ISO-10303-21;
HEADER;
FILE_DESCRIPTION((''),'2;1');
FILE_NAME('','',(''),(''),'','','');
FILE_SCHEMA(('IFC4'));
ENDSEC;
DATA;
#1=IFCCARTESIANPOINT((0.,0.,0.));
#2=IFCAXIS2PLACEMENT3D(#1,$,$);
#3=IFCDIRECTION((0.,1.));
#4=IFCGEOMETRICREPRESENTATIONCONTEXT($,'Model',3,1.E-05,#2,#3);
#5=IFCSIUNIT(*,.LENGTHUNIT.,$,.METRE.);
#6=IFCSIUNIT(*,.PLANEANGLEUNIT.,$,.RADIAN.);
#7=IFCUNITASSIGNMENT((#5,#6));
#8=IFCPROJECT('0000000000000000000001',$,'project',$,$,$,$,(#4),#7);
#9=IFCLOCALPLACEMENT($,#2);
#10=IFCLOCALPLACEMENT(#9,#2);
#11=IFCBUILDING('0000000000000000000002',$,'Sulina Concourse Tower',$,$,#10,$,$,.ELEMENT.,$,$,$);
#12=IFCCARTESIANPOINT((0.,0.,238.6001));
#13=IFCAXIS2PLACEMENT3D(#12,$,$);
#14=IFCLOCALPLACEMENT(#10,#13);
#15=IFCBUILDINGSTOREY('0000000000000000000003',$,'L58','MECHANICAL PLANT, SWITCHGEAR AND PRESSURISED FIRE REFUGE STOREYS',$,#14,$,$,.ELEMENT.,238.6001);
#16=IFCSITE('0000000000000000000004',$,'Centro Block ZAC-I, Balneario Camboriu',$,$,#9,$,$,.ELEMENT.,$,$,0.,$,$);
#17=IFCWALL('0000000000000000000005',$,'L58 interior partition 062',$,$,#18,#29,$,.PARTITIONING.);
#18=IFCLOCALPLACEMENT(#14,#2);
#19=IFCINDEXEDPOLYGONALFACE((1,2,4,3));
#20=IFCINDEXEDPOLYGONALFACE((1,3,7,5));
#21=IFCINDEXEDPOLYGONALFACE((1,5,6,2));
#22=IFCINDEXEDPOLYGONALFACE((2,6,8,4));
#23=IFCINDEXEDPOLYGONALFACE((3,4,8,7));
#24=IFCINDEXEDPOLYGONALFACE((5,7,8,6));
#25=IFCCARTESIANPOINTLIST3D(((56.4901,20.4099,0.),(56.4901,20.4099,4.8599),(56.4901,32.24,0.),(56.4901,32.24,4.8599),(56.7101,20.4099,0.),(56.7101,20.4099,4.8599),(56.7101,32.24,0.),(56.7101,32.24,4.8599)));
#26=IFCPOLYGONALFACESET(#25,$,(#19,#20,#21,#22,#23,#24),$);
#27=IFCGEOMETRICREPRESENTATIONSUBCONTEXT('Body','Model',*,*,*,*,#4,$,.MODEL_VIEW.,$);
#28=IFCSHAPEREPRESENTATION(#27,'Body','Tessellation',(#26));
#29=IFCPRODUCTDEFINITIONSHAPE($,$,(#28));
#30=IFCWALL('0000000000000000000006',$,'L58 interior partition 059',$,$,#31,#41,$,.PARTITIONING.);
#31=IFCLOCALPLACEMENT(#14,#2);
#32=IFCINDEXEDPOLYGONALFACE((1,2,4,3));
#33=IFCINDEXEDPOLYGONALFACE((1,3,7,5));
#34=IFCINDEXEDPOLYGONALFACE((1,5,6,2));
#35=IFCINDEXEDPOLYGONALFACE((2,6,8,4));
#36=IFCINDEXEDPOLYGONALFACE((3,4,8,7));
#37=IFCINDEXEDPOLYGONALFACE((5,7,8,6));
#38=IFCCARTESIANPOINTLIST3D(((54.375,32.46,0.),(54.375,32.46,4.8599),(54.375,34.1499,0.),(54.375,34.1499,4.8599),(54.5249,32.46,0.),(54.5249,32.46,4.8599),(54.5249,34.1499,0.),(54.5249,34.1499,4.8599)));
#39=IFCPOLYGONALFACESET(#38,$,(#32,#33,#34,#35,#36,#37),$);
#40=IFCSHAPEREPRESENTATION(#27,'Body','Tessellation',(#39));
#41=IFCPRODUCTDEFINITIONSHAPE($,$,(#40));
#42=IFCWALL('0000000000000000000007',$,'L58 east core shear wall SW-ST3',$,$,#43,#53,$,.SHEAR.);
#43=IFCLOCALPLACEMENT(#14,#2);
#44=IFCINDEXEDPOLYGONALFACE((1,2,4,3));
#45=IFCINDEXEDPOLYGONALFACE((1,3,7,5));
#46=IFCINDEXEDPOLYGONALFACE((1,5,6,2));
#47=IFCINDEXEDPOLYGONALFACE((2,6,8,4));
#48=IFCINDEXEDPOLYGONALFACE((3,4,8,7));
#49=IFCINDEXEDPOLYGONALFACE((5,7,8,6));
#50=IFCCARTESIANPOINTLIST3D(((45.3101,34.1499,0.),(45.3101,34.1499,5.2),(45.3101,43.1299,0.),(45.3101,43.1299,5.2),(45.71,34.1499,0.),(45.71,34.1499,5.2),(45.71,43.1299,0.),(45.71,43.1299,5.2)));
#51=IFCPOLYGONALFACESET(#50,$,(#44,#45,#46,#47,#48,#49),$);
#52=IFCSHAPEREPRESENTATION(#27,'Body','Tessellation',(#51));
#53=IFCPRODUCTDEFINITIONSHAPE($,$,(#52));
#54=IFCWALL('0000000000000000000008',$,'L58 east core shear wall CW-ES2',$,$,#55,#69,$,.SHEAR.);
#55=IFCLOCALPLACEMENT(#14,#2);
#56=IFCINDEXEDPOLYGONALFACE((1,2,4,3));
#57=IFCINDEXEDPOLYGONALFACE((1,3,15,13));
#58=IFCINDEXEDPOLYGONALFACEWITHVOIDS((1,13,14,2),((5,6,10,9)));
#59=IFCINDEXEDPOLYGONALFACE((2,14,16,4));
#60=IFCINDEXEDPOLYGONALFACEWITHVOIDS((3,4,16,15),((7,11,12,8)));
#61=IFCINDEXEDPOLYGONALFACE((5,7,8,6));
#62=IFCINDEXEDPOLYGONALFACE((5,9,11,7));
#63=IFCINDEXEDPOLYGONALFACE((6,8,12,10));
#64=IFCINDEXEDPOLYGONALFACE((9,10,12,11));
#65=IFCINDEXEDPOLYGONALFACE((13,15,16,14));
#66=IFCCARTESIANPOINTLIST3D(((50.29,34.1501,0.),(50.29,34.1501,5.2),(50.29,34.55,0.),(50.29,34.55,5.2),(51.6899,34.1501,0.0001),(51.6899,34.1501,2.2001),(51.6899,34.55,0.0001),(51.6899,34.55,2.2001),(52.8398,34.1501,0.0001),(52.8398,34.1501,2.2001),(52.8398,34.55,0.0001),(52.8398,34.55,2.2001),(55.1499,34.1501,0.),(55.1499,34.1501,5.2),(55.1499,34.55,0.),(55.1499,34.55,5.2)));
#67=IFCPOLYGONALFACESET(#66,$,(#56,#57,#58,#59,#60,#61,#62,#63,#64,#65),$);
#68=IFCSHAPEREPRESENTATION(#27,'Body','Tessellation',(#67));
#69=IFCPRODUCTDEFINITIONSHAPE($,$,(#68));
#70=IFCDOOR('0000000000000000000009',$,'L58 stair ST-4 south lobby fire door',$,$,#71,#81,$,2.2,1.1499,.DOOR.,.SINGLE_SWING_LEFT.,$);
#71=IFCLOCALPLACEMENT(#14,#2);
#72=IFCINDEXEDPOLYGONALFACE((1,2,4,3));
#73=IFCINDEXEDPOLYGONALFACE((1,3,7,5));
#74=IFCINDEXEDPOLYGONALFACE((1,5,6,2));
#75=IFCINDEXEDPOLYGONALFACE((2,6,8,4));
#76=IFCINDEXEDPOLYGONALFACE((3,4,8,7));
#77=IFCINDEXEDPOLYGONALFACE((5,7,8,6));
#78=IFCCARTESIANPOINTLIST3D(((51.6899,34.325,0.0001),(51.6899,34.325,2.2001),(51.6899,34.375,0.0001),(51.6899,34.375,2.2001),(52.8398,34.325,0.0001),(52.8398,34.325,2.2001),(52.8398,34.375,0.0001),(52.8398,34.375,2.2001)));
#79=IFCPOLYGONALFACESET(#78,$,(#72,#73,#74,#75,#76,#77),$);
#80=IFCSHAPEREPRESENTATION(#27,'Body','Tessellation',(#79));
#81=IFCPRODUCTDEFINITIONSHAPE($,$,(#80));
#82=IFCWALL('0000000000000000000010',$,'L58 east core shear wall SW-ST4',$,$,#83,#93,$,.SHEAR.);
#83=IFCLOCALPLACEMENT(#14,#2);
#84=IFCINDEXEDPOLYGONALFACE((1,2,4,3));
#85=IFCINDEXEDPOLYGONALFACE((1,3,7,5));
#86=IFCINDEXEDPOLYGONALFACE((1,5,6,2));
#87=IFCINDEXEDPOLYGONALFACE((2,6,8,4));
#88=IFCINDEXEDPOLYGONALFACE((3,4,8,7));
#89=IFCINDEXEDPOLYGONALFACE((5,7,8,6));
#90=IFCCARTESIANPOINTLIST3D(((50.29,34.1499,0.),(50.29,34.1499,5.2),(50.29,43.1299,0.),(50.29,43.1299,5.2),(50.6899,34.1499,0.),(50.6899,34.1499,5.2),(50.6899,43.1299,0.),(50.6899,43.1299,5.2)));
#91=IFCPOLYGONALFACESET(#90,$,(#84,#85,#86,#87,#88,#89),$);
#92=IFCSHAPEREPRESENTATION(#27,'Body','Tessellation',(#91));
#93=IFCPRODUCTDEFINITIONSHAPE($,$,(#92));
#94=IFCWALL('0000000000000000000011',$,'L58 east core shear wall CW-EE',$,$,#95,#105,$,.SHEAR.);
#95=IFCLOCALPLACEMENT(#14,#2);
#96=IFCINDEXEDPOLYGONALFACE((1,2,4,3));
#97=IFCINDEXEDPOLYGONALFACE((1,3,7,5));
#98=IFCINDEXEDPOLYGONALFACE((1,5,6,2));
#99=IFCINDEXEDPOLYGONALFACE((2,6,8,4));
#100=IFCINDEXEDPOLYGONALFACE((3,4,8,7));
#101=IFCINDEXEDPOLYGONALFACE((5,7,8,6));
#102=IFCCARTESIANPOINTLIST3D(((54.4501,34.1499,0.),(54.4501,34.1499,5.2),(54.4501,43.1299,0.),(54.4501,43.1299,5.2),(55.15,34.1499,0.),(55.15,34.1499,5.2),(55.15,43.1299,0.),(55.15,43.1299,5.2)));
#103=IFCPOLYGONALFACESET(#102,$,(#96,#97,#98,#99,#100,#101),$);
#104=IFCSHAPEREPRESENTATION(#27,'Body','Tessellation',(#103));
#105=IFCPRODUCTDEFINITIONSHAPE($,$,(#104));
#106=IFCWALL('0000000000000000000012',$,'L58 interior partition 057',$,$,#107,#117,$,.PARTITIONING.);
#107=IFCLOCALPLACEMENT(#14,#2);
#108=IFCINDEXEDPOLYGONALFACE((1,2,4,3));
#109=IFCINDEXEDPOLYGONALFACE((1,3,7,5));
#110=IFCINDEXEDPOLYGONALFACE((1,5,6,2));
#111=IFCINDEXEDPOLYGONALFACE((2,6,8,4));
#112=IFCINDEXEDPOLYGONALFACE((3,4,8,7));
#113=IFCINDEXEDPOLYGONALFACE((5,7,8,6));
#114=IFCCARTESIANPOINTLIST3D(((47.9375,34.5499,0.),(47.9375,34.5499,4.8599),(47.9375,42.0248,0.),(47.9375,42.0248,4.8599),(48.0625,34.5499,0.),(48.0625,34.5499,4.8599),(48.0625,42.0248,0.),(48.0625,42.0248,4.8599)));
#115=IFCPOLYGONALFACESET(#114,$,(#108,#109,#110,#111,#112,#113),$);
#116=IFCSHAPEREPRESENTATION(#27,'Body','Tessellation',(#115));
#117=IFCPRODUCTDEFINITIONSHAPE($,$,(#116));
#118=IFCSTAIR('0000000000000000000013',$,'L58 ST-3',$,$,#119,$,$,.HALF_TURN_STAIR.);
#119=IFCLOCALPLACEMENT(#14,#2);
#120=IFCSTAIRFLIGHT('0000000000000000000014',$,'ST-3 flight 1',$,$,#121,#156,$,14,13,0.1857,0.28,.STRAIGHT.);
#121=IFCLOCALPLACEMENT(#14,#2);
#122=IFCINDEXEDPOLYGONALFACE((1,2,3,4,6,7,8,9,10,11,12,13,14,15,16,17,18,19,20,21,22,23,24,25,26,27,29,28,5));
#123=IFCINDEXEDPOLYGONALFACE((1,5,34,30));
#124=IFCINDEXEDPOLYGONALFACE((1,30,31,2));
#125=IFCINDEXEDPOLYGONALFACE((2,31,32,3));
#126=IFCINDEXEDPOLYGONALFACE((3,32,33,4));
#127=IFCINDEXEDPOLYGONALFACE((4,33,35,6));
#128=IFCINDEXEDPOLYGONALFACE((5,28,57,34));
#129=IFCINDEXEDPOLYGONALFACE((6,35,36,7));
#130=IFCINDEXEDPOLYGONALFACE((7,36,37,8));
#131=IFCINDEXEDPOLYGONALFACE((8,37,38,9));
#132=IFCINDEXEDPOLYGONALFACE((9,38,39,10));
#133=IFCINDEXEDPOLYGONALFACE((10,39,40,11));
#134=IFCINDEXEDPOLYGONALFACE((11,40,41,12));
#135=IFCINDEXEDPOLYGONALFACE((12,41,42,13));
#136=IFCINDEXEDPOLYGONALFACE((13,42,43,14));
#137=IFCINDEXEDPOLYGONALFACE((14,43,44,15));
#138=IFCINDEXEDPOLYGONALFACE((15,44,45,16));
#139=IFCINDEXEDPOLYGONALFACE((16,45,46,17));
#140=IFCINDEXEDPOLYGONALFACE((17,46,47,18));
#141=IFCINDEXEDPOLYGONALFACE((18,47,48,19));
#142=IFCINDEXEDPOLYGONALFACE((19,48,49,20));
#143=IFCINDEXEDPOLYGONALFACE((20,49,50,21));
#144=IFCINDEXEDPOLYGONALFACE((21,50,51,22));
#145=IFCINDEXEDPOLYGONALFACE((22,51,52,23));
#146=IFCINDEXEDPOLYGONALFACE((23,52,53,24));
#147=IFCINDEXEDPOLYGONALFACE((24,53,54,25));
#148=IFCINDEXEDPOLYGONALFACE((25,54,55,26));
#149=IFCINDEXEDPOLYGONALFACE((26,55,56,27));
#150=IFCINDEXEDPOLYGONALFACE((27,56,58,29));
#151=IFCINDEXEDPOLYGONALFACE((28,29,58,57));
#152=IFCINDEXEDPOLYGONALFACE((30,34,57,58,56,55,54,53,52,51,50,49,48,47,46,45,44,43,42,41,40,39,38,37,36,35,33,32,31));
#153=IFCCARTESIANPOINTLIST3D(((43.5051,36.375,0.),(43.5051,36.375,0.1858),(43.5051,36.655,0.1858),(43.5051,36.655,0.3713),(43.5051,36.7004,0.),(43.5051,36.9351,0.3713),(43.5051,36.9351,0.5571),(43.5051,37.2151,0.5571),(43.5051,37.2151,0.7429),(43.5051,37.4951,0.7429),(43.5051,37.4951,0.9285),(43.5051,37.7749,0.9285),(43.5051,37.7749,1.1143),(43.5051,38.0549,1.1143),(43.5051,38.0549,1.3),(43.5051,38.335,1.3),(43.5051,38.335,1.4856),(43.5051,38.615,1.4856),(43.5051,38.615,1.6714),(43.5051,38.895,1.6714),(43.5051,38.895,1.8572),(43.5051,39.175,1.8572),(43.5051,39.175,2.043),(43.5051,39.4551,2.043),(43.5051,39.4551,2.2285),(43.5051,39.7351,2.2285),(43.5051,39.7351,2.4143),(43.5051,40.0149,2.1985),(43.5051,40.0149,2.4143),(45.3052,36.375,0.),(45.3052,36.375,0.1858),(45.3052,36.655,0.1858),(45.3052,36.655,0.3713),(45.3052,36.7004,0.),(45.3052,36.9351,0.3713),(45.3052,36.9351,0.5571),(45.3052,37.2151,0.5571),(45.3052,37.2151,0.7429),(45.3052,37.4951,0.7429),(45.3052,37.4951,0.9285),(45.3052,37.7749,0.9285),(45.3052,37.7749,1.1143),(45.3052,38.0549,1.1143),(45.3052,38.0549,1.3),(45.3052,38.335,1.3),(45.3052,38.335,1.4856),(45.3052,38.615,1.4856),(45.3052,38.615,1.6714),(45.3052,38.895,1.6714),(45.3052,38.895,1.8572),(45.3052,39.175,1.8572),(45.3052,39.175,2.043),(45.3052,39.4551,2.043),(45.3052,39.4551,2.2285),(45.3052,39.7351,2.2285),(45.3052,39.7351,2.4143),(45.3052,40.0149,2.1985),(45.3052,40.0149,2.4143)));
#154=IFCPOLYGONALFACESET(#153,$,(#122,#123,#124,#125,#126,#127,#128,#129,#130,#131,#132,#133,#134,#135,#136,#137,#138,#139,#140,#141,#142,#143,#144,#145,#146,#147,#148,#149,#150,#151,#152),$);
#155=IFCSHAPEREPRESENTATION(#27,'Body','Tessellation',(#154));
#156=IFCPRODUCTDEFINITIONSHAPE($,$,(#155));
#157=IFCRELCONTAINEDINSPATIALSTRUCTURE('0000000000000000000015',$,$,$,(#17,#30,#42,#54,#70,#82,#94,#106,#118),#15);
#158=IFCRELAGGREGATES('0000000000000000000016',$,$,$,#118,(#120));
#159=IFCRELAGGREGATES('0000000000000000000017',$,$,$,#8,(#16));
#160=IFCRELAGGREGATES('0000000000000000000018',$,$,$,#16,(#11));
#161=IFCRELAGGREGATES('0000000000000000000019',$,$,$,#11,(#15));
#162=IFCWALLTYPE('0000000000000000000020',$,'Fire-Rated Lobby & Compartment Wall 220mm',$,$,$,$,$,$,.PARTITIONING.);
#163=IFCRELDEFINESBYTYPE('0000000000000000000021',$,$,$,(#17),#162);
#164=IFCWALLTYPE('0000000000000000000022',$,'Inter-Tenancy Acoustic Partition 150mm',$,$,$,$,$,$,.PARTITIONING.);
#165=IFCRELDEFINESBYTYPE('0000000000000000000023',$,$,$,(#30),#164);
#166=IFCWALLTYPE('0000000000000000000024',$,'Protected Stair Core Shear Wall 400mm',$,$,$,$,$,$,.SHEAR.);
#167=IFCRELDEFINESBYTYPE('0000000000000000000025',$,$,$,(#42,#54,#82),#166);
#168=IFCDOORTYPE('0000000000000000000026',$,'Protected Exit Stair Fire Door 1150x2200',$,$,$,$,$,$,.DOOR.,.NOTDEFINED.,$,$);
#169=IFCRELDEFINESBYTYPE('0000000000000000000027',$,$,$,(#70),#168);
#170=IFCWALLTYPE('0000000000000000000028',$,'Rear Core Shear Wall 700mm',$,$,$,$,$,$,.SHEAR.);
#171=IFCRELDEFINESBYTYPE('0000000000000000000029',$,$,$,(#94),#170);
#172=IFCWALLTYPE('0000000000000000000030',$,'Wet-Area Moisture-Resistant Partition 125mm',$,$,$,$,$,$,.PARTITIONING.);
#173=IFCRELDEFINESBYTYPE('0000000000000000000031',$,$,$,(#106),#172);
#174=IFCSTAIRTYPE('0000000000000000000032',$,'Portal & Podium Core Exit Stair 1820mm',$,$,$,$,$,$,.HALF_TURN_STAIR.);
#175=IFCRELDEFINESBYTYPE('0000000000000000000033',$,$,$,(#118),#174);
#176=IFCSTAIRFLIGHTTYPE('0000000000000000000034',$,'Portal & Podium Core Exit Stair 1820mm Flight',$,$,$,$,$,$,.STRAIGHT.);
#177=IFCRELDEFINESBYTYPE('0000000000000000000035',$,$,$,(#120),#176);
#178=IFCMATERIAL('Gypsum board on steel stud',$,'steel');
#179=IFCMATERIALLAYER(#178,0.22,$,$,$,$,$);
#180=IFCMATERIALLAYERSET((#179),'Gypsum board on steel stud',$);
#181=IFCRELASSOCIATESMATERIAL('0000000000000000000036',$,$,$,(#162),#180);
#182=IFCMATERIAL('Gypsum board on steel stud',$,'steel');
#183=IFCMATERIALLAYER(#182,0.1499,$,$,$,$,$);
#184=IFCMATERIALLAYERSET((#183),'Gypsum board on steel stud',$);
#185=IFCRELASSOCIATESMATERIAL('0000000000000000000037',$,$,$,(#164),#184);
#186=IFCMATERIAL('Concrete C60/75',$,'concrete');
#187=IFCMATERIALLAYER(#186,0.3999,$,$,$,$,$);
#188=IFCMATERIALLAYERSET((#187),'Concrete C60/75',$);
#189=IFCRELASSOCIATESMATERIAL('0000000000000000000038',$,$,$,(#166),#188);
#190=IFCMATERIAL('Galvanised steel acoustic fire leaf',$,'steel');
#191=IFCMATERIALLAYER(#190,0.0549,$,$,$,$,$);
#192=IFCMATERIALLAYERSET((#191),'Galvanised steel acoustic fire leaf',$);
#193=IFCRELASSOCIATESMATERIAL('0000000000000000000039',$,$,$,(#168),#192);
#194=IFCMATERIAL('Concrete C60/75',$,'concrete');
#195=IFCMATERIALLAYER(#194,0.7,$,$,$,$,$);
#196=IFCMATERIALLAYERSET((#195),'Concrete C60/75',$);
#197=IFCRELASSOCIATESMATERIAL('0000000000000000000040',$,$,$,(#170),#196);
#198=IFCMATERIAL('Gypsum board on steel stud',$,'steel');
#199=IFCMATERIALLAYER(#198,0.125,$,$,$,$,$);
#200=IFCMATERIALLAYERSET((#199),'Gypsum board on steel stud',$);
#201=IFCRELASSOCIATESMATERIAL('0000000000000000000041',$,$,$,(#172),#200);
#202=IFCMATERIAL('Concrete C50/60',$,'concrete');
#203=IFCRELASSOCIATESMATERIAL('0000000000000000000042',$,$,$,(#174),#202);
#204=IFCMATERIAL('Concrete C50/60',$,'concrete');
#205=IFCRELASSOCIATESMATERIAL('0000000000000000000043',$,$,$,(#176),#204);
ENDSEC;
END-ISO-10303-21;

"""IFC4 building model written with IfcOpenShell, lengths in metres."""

from ifc_helpers import new_model, si_unit, direction, frame, frame_2d, origin, place, context, subcontext, project, spatial, polyline, rectangle, outline, extrude, material, layer, layer_set, type_object, element, fill, aggregate, save


model = new_model("IFC4")

# Units and contexts
model_context = context("Model", 3, precision=1e-05, world=origin(), true_north=direction((0.0, 1.0)))
body_context = subcontext(model_context, "Body", "Model", "MODEL_VIEW")
ifc_project = project(units=[si_unit("LENGTHUNIT", "METRE"), si_unit("PLANEANGLEUNIT", "RADIAN")], contexts=[model_context])

# Site, building, storey
site_placement = place(None, origin())
site = spatial("IfcSite", under=ifc_project, at=site_placement, Name="Centro Block ZAC-I, Balneario Camboriu", CompositionType="ELEMENT", RefElevation=0.0)
building_placement = place(site_placement, origin())
building = spatial("IfcBuilding", under=site, at=building_placement, Name="Sulina Concourse Tower", CompositionType="ELEMENT")
storey_placement = place(building_placement, frame((0.0, 0.0, 238.6001)))
storey = spatial("IfcBuildingStorey", under=building, at=storey_placement, Name="L58", Description="MECHANICAL PLANT, SWITCHGEAR AND PRESSURISED FIRE REFUGE STOREYS", CompositionType="ELEMENT", Elevation=238.6001)

# Shared definitions
ifc_material_1 = material(Name="Gypsum board on steel stud", Category="steel")
ifc_layer_1 = layer(ifc_material_1, 0.22)
ifc_layer_set_1 = layer_set([ifc_layer_1], Name="Gypsum board on steel stud")
wall_type_1 = type_object("IfcWallType", Name="Fire-Rated Lobby & Compartment Wall 220mm", PredefinedType="PARTITIONING", material=ifc_layer_set_1)

# Walls
for number, where, z_axis, x_axis, name in (
    (1, (56.6001, 20.4099, 0.0), (0.0, 0.0, 1.0), (0.0, 1.0, 0.0), "L58 interior partition 062"),
):
    element("IfcWall", number, at=place(storey_placement, frame(where, z_axis=z_axis, x_axis=x_axis)), inside=storey, type_object=wall_type_1, Name=name, PredefinedType="PARTITIONING", context=body_context, shape_type="SweptSolid", body=[
        extrude(rectangle(XDim=11.8301, YDim=0.22, at=frame_2d((5.915, 0.0))), origin(), (0.0, 0.0, 1.0), 4.8599),
    ])
ifc_material_2 = material(Name="Gypsum board on steel stud", Category="steel")
ifc_layer_2 = layer(ifc_material_2, 0.1499)
ifc_layer_set_2 = layer_set([ifc_layer_2], Name="Gypsum board on steel stud")
wall_type_2 = type_object("IfcWallType", Name="Inter-Tenancy Acoustic Partition 150mm", PredefinedType="PARTITIONING", material=ifc_layer_set_2)
wall_1_placement = place(storey_placement, frame((54.45, 32.46, 0.0), z_axis=(0.0, 0.0, 1.0), x_axis=(0.0, 1.0, 0.0)))
element("IfcWall", 2, at=wall_1_placement, inside=storey, type_object=wall_type_2, Name="L58 interior partition 059", PredefinedType="PARTITIONING", context=body_context, shape_type="SweptSolid", body=[
    extrude(rectangle(XDim=1.6899, YDim=0.1499, at=frame_2d((0.845, 0.0))), origin(), (0.0, 0.0, 1.0), 4.8599),
])
ifc_material_3 = material(Name="Concrete C60/75", Category="concrete")
ifc_layer_3 = layer(ifc_material_3, 0.3999)
ifc_layer_set_3 = layer_set([ifc_layer_3], Name="Concrete C60/75")
wall_type_3 = type_object("IfcWallType", Name="Protected Stair Core Shear Wall 400mm", PredefinedType="SHEAR", material=ifc_layer_set_3)
wall_2_placement = place(storey_placement, frame((45.51, 34.1499, 0.0), z_axis=(0.0, 0.0, 1.0), x_axis=(0.0, 1.0, 0.0)))
element("IfcWall", 3, at=wall_2_placement, inside=storey, type_object=wall_type_3, Name="L58 east core shear wall SW-ST3", PredefinedType="SHEAR", context=body_context, shape_type="SweptSolid", body=[
    extrude(rectangle(XDim=8.98, YDim=0.3999, at=frame_2d((4.49, 0.0))), origin(), (0.0, 0.0, 1.0), 5.2),
])

# Wall, opening, door
wall_3_placement = place(storey_placement, frame((50.29, 34.3501, 0.0), z_axis=(0.0, 0.0, 1.0), x_axis=(1.0, 0.0, 0.0)))
wall_3 = element("IfcWall", 4, at=wall_3_placement, inside=storey, type_object=wall_type_3, Name="L58 east core shear wall CW-ES2", PredefinedType="SHEAR", context=body_context, shape_type="SweptSolid", body=[
    extrude(rectangle(XDim=4.8599, YDim=0.3999, at=frame_2d((2.4299, 0.0))), origin(), (0.0, 0.0, 1.0), 5.2),
])
opening_1_placement = place(wall_3_placement, frame((1.3999, 0.0, 0.0)))
opening_1 = element("IfcOpeningElement", 5, at=opening_1_placement, cuts=wall_3, PredefinedType="OPENING", context=body_context, shape_type="SweptSolid", body=[
    extrude(rectangle(XDim=1.1499, YDim=2.2, at=frame_2d((0.575, 1.1001))), frame((0.0, 0.21, 0.0), z_axis=(0.0, -1.0, 0.0), x_axis=(1.0, 0.0, 0.0)), (0.0, 0.0, 1.0), 0.4199),
])
ifc_material_4 = material(Name="Galvanised steel acoustic fire leaf", Category="steel")
ifc_layer_4 = layer(ifc_material_4, 0.0549)
ifc_layer_set_4 = layer_set([ifc_layer_4], Name="Galvanised steel acoustic fire leaf")
door_type_1 = type_object("IfcDoorType", Name="Protected Exit Stair Fire Door 1150x2200", OperationType="NOTDEFINED", PredefinedType="DOOR", material=ifc_layer_set_4)
door_1_placement = place(opening_1_placement, origin())
door_1 = element("IfcDoor", 6, at=door_1_placement, inside=storey, type_object=door_type_1, Name="L58 stair ST-4 south lobby fire door", OperationType="SINGLE_SWING_LEFT", OverallHeight=2.2, OverallWidth=1.1499, PredefinedType="DOOR", context=body_context, shape_type="SweptSolid", body=[
    extrude(rectangle(XDim=1.1499, YDim=2.2, at=frame_2d((0.575, 1.1001))), frame((0.0, 0.0249, 0.0), z_axis=(0.0, -1.0, 0.0), x_axis=(1.0, 0.0, 0.0)), (0.0, 0.0, 1.0), 0.05),
])
fill(opening_1, door_1)

# Walls
wall_4_placement = place(storey_placement, frame((50.49, 34.1499, 0.0), z_axis=(0.0, 0.0, 1.0), x_axis=(0.0, 1.0, 0.0)))
element("IfcWall", 7, at=wall_4_placement, inside=storey, type_object=wall_type_3, Name="L58 east core shear wall SW-ST4", PredefinedType="SHEAR", context=body_context, shape_type="SweptSolid", body=[
    extrude(rectangle(XDim=8.98, YDim=0.3999, at=frame_2d((4.49, 0.0))), origin(), (0.0, 0.0, 1.0), 5.2),
])
ifc_material_5 = material(Name="Concrete C60/75", Category="concrete")
ifc_layer_5 = layer(ifc_material_5, 0.7)
ifc_layer_set_5 = layer_set([ifc_layer_5], Name="Concrete C60/75")
wall_type_4 = type_object("IfcWallType", Name="Rear Core Shear Wall 700mm", PredefinedType="SHEAR", material=ifc_layer_set_5)
wall_5_placement = place(storey_placement, frame((54.8, 34.1499, 0.0), z_axis=(0.0, 0.0, 1.0), x_axis=(0.0, 1.0, 0.0)))
element("IfcWall", 8, at=wall_5_placement, inside=storey, type_object=wall_type_4, Name="L58 east core shear wall CW-EE", PredefinedType="SHEAR", context=body_context, shape_type="SweptSolid", body=[
    extrude(rectangle(XDim=8.98, YDim=0.7, at=frame_2d((4.49, 0.0))), origin(), (0.0, 0.0, 1.0), 5.2),
])
ifc_material_6 = material(Name="Gypsum board on steel stud", Category="steel")
ifc_layer_6 = layer(ifc_material_6, 0.125)
ifc_layer_set_6 = layer_set([ifc_layer_6], Name="Gypsum board on steel stud")
wall_type_5 = type_object("IfcWallType", Name="Wet-Area Moisture-Resistant Partition 125mm", PredefinedType="PARTITIONING", material=ifc_layer_set_6)
wall_6_placement = place(storey_placement, frame((48.0, 34.55, 0.0), z_axis=(0.0, 0.0, 1.0), x_axis=(0.0, 1.0, 0.0)))
element("IfcWall", 9, at=wall_6_placement, inside=storey, type_object=wall_type_5, Name="L58 interior partition 057", PredefinedType="PARTITIONING", context=body_context, shape_type="SweptSolid", body=[
    extrude(rectangle(XDim=7.4749, YDim=0.125, at=frame_2d((3.7373, 0.0))), origin(), (0.0, 0.0, 1.0), 4.8599),
])

# Stair, stair flight
ifc_material_7 = material(Name="Concrete C50/60", Category="concrete")
stair_type = type_object("IfcStairType", Name="Portal & Podium Core Exit Stair 1820mm", PredefinedType="HALF_TURN_STAIR", material=ifc_material_7)
stair_1_placement = place(storey_placement, origin())
stair_1 = element("IfcStair", 10, at=stair_1_placement, inside=storey, type_object=stair_type, Name="L58 ST-3", PredefinedType="HALF_TURN_STAIR")
ifc_material_8 = material(Name="Concrete C50/60", Category="concrete")
stair_flight_type = type_object("IfcStairFlightType", Name="Portal & Podium Core Exit Stair 1820mm Flight", PredefinedType="STRAIGHT", material=ifc_material_8)
stair_flight_1_placement = place(storey_placement, frame((44.405, 36.375, 0.0), z_axis=(0.0, 0.0, 1.0), x_axis=(0.0, 1.0, 0.0)))
stair_flight_1 = element("IfcStairFlight", 11, at=stair_flight_1_placement, type_object=stair_flight_type, Name="ST-3 flight 1", NumberOfRisers=14, NumberOfTreads=13, PredefinedType="STRAIGHT", RiserHeight=0.1857, TreadLength=0.28, context=body_context, shape_type="SweptSolid", body=[
    extrude(outline(polyline([(0.0, 0.0), (0.0, 0.1858), (0.28, 0.1858), (0.28, 0.3713), (0.5601, 0.3713), (0.5601, 0.5571), (0.8401, 0.5571), (0.8401, 0.7429), (1.1201, 0.7429), (1.1201, 0.9285), (1.3999, 0.9285), (1.3999, 1.1143), (1.6799, 1.1143), (1.6799, 1.3), (1.96, 1.3), (1.96, 1.4856), (2.24, 1.4856), (2.24, 1.6714), (2.52, 1.6714), (2.52, 1.8572), (2.8, 1.8572), (2.8, 2.043), (3.0801, 2.043), (3.0801, 2.2285), (3.3601, 2.2285), (3.3601, 2.4143), (3.6399, 2.4143), (3.6399, 2.6001), (3.6399, 2.1985), (0.3254, 0.0), (0.0, 0.0)])), frame((0.0, 0.8999, 0.0), z_axis=(0.0, -1.0, 0.0), x_axis=(1.0, 0.0, 0.0)), (0.0, 0.0, 1.0), 1.8),
])
aggregate(stair_1, [stair_flight_1])

save(model, "model.ifc")
